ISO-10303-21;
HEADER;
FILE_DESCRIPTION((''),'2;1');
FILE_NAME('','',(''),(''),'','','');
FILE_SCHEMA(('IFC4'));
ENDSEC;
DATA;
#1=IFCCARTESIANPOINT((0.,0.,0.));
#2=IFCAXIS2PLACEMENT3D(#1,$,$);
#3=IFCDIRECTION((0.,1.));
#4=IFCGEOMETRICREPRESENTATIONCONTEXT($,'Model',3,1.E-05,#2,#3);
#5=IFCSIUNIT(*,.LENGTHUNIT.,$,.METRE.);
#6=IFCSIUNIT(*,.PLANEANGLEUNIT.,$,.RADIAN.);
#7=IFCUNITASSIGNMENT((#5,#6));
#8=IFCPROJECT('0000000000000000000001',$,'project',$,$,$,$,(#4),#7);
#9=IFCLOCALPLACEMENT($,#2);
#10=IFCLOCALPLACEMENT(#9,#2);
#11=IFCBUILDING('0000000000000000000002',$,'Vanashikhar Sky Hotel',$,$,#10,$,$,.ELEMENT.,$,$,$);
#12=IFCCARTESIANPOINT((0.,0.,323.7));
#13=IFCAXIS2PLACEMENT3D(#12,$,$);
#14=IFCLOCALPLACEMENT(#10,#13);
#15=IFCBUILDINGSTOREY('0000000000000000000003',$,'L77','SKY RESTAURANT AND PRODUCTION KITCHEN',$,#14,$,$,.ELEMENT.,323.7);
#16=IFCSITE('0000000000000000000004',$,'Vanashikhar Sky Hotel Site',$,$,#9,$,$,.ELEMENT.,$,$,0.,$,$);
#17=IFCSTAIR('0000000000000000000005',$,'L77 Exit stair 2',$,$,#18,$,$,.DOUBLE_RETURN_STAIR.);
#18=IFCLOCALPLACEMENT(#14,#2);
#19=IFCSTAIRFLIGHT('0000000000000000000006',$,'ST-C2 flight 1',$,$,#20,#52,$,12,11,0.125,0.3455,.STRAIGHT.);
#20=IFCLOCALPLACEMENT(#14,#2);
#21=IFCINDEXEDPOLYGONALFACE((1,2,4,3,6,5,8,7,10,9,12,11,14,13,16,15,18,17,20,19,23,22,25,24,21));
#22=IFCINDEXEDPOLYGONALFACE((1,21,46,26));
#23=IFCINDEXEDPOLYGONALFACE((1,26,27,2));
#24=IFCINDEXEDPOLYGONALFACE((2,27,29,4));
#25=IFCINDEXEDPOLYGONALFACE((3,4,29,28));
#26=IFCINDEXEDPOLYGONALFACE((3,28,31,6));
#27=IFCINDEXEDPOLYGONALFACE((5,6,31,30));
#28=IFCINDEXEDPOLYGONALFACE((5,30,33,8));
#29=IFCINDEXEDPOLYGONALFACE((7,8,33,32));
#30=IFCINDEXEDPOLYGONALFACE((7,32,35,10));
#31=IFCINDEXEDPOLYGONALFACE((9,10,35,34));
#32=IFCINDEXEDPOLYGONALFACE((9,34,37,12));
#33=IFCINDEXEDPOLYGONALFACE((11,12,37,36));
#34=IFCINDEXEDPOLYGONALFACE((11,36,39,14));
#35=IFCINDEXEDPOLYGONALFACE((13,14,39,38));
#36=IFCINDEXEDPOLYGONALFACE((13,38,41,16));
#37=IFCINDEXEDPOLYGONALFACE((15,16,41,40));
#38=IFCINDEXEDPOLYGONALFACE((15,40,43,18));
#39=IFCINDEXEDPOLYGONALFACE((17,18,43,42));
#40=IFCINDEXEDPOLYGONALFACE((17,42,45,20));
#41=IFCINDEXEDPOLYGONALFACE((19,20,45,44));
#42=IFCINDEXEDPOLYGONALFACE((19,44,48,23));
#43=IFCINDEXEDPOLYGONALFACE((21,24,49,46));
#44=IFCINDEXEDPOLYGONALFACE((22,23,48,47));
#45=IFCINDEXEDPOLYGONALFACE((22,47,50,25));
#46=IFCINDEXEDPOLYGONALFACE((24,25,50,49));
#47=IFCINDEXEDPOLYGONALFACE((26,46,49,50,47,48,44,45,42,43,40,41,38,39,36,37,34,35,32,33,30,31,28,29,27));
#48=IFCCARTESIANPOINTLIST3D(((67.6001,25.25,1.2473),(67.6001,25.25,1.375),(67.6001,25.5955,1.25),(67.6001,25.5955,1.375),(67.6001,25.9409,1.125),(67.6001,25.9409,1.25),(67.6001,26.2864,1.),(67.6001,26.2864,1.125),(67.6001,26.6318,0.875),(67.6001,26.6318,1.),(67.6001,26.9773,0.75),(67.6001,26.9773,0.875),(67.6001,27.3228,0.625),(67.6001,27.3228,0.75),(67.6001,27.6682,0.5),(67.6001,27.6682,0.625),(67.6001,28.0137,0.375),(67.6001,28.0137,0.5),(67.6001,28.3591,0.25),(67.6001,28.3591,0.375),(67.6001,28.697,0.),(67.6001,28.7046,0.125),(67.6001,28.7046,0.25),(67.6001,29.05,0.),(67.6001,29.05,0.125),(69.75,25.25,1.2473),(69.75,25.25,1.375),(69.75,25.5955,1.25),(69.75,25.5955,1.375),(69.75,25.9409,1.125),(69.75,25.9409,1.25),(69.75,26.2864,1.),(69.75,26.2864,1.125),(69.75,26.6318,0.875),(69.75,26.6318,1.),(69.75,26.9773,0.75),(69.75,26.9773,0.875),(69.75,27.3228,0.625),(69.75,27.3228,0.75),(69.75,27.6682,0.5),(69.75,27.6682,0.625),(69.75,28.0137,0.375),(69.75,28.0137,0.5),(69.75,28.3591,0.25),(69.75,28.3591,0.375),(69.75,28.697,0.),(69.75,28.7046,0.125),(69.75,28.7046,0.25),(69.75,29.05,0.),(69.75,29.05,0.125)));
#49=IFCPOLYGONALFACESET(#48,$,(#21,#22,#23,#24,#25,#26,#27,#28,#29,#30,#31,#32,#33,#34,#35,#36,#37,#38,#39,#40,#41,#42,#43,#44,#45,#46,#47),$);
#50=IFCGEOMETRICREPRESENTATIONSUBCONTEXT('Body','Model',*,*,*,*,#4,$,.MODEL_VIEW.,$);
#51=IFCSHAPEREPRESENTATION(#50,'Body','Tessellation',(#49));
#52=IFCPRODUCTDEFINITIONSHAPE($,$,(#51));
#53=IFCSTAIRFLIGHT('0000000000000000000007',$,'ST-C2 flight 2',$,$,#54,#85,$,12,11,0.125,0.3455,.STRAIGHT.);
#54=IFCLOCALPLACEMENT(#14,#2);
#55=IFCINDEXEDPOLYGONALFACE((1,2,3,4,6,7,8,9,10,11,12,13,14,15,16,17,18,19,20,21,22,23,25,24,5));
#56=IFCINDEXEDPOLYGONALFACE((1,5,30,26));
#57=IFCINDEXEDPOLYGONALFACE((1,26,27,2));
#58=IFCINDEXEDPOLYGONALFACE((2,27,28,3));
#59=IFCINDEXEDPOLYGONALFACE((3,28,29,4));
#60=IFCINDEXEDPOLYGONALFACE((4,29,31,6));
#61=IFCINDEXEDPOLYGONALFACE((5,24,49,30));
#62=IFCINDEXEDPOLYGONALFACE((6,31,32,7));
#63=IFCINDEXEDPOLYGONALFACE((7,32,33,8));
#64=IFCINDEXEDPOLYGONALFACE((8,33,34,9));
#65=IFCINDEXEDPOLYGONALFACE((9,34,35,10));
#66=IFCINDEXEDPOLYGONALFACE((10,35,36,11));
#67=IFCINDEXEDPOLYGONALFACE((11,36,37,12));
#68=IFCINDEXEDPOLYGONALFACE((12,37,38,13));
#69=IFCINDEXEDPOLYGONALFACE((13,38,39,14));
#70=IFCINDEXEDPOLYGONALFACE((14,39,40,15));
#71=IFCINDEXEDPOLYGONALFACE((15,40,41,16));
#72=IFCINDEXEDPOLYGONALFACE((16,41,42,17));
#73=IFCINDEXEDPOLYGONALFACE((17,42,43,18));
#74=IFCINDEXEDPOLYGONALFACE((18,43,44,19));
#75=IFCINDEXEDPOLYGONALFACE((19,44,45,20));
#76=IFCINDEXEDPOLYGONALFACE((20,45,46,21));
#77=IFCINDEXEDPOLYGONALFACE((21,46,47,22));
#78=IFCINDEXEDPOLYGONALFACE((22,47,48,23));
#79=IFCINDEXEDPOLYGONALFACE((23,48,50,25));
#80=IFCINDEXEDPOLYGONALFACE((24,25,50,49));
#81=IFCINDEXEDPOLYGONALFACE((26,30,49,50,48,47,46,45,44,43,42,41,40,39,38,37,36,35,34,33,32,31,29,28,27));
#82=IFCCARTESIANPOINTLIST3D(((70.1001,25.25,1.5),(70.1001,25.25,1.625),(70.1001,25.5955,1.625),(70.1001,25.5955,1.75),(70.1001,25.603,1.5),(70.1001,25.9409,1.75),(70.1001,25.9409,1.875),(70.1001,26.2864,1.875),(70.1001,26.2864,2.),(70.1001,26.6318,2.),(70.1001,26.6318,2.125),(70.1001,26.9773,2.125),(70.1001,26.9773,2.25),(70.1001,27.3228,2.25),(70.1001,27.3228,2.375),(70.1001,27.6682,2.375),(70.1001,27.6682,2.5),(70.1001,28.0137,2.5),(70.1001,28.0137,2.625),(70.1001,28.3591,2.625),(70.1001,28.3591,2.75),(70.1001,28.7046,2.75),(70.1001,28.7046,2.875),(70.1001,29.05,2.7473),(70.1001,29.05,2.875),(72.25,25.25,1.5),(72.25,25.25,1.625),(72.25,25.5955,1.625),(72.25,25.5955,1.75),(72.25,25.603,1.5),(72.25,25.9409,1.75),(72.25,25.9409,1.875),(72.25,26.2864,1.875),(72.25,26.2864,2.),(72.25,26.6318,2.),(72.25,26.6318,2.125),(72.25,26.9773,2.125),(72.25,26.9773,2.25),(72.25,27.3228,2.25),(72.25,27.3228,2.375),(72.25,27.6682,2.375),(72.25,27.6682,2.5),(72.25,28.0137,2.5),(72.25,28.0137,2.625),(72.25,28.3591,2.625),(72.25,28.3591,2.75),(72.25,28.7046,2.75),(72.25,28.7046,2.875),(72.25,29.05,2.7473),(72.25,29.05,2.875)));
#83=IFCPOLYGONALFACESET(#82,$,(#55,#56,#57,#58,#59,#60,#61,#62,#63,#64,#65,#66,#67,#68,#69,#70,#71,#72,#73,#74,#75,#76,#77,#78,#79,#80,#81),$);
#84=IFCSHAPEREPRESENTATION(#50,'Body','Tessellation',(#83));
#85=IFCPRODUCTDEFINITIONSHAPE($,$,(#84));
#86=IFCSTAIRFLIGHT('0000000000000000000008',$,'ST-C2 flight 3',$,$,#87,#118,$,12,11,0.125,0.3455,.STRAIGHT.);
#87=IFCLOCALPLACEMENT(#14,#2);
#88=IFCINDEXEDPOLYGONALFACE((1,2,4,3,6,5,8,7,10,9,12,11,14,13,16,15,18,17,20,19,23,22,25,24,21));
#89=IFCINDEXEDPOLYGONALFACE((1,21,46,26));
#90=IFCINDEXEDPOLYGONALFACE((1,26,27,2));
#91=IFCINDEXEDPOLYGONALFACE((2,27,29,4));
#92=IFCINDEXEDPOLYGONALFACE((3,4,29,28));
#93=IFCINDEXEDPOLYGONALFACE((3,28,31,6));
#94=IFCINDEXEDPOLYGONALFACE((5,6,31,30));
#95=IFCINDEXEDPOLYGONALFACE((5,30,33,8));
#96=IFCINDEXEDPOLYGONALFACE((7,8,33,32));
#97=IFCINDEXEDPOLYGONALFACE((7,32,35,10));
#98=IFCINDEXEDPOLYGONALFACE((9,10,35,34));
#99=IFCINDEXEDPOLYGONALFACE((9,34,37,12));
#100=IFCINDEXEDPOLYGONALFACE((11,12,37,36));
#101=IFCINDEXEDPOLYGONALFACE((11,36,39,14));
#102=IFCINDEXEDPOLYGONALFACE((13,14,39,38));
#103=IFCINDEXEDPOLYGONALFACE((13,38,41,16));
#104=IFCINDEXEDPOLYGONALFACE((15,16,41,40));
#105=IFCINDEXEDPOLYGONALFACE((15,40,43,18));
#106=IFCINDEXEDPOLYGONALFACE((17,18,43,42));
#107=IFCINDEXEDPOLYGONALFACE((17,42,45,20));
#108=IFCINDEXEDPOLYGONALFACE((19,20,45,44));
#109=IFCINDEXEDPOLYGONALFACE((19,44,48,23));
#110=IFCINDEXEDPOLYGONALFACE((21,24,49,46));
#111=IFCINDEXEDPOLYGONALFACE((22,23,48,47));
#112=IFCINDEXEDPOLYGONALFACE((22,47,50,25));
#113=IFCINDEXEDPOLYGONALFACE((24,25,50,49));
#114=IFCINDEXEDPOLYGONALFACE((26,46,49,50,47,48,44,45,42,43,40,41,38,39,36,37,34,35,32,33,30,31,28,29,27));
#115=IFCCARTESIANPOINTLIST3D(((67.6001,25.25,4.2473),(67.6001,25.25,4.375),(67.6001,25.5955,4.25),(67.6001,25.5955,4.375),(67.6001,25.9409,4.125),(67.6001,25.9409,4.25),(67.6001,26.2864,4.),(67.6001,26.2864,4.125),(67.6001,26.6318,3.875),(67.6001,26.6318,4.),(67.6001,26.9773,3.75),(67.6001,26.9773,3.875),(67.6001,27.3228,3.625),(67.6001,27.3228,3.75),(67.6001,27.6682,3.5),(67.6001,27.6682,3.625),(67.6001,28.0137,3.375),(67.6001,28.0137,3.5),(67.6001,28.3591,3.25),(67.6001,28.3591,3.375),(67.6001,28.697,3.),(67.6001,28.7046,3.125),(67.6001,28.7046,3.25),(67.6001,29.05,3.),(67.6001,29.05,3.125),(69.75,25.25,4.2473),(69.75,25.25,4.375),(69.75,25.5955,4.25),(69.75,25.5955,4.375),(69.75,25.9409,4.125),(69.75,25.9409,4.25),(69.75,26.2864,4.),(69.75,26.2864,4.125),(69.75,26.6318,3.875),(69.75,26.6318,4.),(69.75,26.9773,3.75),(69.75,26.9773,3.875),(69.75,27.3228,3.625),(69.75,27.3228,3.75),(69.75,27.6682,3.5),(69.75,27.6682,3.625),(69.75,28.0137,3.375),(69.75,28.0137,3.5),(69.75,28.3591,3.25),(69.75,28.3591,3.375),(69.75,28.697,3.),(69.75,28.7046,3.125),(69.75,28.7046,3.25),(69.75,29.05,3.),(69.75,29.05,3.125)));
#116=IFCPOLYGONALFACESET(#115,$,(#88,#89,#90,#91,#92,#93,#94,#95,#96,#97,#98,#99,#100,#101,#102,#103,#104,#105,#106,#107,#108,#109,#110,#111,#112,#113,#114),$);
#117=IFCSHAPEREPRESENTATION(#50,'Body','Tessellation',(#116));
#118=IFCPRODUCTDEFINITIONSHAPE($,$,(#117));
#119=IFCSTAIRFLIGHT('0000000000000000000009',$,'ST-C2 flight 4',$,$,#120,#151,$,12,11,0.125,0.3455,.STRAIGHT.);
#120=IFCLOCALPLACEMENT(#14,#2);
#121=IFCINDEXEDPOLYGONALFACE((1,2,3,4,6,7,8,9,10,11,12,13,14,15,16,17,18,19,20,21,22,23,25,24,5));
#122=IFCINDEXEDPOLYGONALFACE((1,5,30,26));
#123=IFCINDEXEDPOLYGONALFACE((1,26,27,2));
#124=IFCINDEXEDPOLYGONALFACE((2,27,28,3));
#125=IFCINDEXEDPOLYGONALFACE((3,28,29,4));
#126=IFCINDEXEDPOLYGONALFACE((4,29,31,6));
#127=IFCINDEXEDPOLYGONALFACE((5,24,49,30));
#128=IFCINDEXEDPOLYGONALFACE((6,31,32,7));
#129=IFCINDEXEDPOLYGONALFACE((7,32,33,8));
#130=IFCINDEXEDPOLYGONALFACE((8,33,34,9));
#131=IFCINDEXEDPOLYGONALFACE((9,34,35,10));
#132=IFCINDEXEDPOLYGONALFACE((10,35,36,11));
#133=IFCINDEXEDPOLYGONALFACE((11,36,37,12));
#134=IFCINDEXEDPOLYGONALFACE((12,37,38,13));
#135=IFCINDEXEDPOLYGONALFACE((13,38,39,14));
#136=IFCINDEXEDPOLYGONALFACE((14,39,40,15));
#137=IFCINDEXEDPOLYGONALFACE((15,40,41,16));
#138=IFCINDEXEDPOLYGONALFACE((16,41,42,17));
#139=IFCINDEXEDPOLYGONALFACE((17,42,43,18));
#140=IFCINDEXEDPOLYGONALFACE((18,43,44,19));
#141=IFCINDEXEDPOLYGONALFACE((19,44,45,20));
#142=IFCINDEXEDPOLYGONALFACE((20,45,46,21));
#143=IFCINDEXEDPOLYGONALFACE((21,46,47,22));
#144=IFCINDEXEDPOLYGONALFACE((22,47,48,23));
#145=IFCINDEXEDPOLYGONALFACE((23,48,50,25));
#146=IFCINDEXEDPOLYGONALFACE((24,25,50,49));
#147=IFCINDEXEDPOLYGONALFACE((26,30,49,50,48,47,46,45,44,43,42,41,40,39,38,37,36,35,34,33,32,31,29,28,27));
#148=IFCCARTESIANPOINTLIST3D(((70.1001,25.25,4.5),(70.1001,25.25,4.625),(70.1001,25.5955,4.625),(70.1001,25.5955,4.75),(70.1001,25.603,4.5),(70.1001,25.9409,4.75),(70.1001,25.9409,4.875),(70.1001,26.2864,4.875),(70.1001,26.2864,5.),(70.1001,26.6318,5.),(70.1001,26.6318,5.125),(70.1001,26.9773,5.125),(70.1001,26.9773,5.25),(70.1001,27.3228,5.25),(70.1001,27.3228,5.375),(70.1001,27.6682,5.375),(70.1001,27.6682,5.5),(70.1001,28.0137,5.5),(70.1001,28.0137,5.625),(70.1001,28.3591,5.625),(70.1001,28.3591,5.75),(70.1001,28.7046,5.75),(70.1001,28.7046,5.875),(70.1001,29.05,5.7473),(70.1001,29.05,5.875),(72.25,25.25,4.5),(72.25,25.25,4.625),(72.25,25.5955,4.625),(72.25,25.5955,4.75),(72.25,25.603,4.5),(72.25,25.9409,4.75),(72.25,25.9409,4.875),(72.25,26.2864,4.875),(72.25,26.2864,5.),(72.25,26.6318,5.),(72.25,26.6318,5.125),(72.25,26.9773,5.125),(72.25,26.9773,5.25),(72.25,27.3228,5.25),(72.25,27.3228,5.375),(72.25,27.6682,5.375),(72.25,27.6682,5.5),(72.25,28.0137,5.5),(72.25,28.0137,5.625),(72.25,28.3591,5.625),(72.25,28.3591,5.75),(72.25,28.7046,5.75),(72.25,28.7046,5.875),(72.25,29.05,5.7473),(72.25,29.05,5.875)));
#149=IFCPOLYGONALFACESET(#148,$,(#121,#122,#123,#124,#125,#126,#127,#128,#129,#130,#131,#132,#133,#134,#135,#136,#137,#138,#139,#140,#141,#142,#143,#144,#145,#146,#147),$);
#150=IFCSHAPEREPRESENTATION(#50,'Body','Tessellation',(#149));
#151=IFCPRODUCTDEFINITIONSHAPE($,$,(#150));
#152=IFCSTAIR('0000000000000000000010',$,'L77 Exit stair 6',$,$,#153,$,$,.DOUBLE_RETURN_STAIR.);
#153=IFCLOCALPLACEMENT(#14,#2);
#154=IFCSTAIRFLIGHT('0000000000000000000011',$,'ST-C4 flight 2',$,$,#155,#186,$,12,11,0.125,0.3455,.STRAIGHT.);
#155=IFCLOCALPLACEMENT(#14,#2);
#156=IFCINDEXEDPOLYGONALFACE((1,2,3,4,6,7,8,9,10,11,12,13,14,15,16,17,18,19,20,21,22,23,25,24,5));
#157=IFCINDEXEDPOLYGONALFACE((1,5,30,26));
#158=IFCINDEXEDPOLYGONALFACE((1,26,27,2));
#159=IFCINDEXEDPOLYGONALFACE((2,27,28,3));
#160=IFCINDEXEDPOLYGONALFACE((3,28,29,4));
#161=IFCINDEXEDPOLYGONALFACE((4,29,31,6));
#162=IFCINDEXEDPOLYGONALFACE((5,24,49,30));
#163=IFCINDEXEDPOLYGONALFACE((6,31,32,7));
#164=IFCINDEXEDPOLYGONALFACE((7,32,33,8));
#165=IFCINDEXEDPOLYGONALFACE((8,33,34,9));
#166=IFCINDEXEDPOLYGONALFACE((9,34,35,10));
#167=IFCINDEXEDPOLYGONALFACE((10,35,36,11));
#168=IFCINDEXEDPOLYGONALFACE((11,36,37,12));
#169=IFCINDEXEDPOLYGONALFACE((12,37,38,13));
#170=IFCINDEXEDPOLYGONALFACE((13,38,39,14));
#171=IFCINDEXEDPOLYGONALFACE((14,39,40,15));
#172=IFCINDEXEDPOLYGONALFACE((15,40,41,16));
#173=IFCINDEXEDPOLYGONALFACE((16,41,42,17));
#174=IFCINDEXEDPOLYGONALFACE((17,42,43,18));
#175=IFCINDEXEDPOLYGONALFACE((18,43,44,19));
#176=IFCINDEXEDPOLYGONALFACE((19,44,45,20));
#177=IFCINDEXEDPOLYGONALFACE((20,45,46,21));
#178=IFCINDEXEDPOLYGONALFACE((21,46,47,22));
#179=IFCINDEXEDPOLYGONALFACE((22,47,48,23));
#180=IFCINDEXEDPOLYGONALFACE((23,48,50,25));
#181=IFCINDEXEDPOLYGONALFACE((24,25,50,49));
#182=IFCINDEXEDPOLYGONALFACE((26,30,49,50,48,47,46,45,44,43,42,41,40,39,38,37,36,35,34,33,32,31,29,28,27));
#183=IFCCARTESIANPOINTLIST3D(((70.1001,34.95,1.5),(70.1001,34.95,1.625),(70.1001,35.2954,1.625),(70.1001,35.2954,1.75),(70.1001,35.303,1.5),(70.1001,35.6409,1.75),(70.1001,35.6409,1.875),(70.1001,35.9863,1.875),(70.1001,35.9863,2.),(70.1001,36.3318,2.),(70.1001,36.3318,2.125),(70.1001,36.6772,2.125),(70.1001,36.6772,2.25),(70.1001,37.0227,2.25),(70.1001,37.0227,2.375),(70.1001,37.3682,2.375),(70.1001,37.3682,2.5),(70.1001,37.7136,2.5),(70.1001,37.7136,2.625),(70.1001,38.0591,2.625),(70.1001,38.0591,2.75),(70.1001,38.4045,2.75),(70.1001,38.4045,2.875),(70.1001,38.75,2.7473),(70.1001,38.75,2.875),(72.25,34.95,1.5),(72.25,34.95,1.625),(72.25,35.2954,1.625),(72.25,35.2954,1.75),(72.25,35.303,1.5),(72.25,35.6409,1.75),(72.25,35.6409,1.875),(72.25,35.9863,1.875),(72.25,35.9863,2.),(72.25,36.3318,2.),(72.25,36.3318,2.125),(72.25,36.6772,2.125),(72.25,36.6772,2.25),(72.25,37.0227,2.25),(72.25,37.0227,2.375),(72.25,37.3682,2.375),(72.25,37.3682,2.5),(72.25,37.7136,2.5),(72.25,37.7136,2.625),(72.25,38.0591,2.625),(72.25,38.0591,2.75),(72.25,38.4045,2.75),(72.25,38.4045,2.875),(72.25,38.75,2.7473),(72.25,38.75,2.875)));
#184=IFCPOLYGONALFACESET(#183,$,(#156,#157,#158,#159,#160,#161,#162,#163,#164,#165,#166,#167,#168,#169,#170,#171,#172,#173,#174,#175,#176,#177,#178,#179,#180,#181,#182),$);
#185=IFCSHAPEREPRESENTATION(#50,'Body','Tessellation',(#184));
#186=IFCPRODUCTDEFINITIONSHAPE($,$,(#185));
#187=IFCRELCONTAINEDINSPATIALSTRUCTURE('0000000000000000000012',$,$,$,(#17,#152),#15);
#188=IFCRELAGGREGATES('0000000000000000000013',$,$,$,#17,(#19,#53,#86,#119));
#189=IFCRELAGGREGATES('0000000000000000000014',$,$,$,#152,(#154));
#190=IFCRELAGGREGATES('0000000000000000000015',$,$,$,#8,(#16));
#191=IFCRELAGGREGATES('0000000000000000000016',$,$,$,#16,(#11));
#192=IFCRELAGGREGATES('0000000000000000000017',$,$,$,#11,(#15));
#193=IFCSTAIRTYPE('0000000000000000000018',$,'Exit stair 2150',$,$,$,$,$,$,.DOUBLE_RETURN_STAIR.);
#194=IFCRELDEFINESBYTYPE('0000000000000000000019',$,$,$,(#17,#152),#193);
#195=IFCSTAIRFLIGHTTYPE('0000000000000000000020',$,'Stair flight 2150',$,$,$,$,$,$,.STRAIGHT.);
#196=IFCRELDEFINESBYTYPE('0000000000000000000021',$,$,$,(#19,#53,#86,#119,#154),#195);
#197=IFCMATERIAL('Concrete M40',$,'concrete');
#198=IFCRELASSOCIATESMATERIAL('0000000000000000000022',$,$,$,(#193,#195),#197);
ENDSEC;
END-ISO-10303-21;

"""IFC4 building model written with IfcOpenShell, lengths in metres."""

from ifc_helpers import new_model, si_unit, direction, frame, origin, place, context, subcontext, project, spatial, polyline, outline, extrude, source, transform, mapped, material, type_object, element, aggregate, save


model = new_model("IFC4")

# Units and contexts
model_context = context("Model", 3, precision=1e-05, world=origin(), true_north=direction((0.0, 1.0)))
body_context = subcontext(model_context, "Body", "Model", "MODEL_VIEW")
ifc_project = project(units=[si_unit("LENGTHUNIT", "METRE"), si_unit("PLANEANGLEUNIT", "RADIAN")], contexts=[model_context])

# Site, building, storey
site_placement = place(None, origin())
site = spatial("IfcSite", under=ifc_project, at=site_placement, Name="Vanashikhar Sky Hotel Site", CompositionType="ELEMENT", RefElevation=0.0)
building_placement = place(site_placement, origin())
building = spatial("IfcBuilding", under=site, at=building_placement, Name="Vanashikhar Sky Hotel", CompositionType="ELEMENT")
storey_placement = place(building_placement, frame((0.0, 0.0, 323.7)))
storey = spatial("IfcBuildingStorey", under=building, at=storey_placement, Name="L77", Description="SKY RESTAURANT AND PRODUCTION KITCHEN", CompositionType="ELEMENT", Elevation=323.7)

# Shared definitions
ifc_material_1 = material(Name="Concrete M40", Category="concrete")

# Stairs, stair flights
stair_type = type_object("IfcStairType", Name="Exit stair 2150", PredefinedType="DOUBLE_RETURN_STAIR", material=ifc_material_1)
stair_1_placement = place(storey_placement, origin())
stair_1 = element("IfcStair", 1, at=stair_1_placement, inside=storey, type_object=stair_type, Name="L77 Exit stair 2", PredefinedType="DOUBLE_RETURN_STAIR")
stair_flight_type = type_object("IfcStairFlightType", Name="Stair flight 2150", PredefinedType="STRAIGHT", material=ifc_material_1)
shared_shape_1 = source(origin(), body_context, "Body", "SweptSolid", [
    extrude(outline(polyline([(0.0, 0.0), (0.0, 0.125), (0.3455, 0.125), (0.3455, 0.25), (0.6909, 0.25), (0.6909, 0.375), (1.0364, 0.375), (1.0364, 0.5), (1.3818, 0.5), (1.3818, 0.625), (1.7273, 0.625), (1.7273, 0.75), (2.0728, 0.75), (2.0728, 0.875), (2.4182, 0.875), (2.4182, 1.0), (2.7637, 1.0), (2.7637, 1.125), (3.1091, 1.125), (3.1091, 1.25), (3.4546, 1.25), (3.4546, 1.375), (3.8, 1.375), (3.8, 1.5), (3.8, 1.2473), (0.353, 0.0), (0.0, 0.0)])), frame((0.0, 1.075, 0.0), z_axis=(0.0, -1.0, 0.0), x_axis=(1.0, 0.0, 0.0)), (0.0, 0.0, 1.0), 2.1499),
])
stair_flight_1_placement = place(storey_placement, frame((68.675, 29.05, 0.0), z_axis=(0.0, 0.0, 1.0), x_axis=(0.0, -1.0, 0.0)))
stair_flight_1 = element("IfcStairFlight", 2, at=stair_flight_1_placement, type_object=stair_flight_type, Name="ST-C2 flight 1", NumberOfRisers=12, NumberOfTreads=11, PredefinedType="STRAIGHT", RiserHeight=0.125, TreadLength=0.3455, context=body_context, shape_type="MappedRepresentation", body=[
    mapped(shared_shape_1, transform((0.0, 0.0, 0.0), scale=1.0)),
])
stair_flight_2_placement = place(storey_placement, frame((71.175, 25.25, 1.5), z_axis=(0.0, 0.0, 1.0), x_axis=(0.0, 1.0, 0.0)))
stair_flight_2 = element("IfcStairFlight", 3, at=stair_flight_2_placement, type_object=stair_flight_type, Name="ST-C2 flight 2", NumberOfRisers=12, NumberOfTreads=11, PredefinedType="STRAIGHT", RiserHeight=0.125, TreadLength=0.3455, context=body_context, shape_type="MappedRepresentation", body=[
    mapped(shared_shape_1, transform((0.0, 0.0, 0.0), scale=1.0)),
])
stair_flight_3_placement = place(storey_placement, frame((68.675, 29.05, 3.0), z_axis=(0.0, 0.0, 1.0), x_axis=(0.0, -1.0, 0.0)))
stair_flight_3 = element("IfcStairFlight", 4, at=stair_flight_3_placement, type_object=stair_flight_type, Name="ST-C2 flight 3", NumberOfRisers=12, NumberOfTreads=11, PredefinedType="STRAIGHT", RiserHeight=0.125, TreadLength=0.3455, context=body_context, shape_type="MappedRepresentation", body=[
    mapped(shared_shape_1, transform((0.0, 0.0, 0.0), scale=1.0)),
])
stair_flight_4_placement = place(storey_placement, frame((71.175, 25.25, 4.5), z_axis=(0.0, 0.0, 1.0), x_axis=(0.0, 1.0, 0.0)))
stair_flight_4 = element("IfcStairFlight", 5, at=stair_flight_4_placement, type_object=stair_flight_type, Name="ST-C2 flight 4", NumberOfRisers=12, NumberOfTreads=11, PredefinedType="STRAIGHT", RiserHeight=0.125, TreadLength=0.3455, context=body_context, shape_type="MappedRepresentation", body=[
    mapped(shared_shape_1, transform((0.0, 0.0, 0.0), scale=1.0)),
])
aggregate(stair_1, [stair_flight_1, stair_flight_2, stair_flight_3, stair_flight_4])
stair_2_placement = place(storey_placement, origin())
stair_2 = element("IfcStair", 6, at=stair_2_placement, inside=storey, type_object=stair_type, Name="L77 Exit stair 6", PredefinedType="DOUBLE_RETURN_STAIR")
stair_flight_5_placement = place(storey_placement, frame((71.175, 34.95, 1.5), z_axis=(0.0, 0.0, 1.0), x_axis=(0.0, 1.0, 0.0)))
stair_flight_5 = element("IfcStairFlight", 7, at=stair_flight_5_placement, type_object=stair_flight_type, Name="ST-C4 flight 2", NumberOfRisers=12, NumberOfTreads=11, PredefinedType="STRAIGHT", RiserHeight=0.125, TreadLength=0.3455, context=body_context, shape_type="MappedRepresentation", body=[
    mapped(shared_shape_1, transform((0.0, 0.0, 0.0), scale=1.0)),
])
aggregate(stair_2, [stair_flight_5])

save(model, "model.ifc")
